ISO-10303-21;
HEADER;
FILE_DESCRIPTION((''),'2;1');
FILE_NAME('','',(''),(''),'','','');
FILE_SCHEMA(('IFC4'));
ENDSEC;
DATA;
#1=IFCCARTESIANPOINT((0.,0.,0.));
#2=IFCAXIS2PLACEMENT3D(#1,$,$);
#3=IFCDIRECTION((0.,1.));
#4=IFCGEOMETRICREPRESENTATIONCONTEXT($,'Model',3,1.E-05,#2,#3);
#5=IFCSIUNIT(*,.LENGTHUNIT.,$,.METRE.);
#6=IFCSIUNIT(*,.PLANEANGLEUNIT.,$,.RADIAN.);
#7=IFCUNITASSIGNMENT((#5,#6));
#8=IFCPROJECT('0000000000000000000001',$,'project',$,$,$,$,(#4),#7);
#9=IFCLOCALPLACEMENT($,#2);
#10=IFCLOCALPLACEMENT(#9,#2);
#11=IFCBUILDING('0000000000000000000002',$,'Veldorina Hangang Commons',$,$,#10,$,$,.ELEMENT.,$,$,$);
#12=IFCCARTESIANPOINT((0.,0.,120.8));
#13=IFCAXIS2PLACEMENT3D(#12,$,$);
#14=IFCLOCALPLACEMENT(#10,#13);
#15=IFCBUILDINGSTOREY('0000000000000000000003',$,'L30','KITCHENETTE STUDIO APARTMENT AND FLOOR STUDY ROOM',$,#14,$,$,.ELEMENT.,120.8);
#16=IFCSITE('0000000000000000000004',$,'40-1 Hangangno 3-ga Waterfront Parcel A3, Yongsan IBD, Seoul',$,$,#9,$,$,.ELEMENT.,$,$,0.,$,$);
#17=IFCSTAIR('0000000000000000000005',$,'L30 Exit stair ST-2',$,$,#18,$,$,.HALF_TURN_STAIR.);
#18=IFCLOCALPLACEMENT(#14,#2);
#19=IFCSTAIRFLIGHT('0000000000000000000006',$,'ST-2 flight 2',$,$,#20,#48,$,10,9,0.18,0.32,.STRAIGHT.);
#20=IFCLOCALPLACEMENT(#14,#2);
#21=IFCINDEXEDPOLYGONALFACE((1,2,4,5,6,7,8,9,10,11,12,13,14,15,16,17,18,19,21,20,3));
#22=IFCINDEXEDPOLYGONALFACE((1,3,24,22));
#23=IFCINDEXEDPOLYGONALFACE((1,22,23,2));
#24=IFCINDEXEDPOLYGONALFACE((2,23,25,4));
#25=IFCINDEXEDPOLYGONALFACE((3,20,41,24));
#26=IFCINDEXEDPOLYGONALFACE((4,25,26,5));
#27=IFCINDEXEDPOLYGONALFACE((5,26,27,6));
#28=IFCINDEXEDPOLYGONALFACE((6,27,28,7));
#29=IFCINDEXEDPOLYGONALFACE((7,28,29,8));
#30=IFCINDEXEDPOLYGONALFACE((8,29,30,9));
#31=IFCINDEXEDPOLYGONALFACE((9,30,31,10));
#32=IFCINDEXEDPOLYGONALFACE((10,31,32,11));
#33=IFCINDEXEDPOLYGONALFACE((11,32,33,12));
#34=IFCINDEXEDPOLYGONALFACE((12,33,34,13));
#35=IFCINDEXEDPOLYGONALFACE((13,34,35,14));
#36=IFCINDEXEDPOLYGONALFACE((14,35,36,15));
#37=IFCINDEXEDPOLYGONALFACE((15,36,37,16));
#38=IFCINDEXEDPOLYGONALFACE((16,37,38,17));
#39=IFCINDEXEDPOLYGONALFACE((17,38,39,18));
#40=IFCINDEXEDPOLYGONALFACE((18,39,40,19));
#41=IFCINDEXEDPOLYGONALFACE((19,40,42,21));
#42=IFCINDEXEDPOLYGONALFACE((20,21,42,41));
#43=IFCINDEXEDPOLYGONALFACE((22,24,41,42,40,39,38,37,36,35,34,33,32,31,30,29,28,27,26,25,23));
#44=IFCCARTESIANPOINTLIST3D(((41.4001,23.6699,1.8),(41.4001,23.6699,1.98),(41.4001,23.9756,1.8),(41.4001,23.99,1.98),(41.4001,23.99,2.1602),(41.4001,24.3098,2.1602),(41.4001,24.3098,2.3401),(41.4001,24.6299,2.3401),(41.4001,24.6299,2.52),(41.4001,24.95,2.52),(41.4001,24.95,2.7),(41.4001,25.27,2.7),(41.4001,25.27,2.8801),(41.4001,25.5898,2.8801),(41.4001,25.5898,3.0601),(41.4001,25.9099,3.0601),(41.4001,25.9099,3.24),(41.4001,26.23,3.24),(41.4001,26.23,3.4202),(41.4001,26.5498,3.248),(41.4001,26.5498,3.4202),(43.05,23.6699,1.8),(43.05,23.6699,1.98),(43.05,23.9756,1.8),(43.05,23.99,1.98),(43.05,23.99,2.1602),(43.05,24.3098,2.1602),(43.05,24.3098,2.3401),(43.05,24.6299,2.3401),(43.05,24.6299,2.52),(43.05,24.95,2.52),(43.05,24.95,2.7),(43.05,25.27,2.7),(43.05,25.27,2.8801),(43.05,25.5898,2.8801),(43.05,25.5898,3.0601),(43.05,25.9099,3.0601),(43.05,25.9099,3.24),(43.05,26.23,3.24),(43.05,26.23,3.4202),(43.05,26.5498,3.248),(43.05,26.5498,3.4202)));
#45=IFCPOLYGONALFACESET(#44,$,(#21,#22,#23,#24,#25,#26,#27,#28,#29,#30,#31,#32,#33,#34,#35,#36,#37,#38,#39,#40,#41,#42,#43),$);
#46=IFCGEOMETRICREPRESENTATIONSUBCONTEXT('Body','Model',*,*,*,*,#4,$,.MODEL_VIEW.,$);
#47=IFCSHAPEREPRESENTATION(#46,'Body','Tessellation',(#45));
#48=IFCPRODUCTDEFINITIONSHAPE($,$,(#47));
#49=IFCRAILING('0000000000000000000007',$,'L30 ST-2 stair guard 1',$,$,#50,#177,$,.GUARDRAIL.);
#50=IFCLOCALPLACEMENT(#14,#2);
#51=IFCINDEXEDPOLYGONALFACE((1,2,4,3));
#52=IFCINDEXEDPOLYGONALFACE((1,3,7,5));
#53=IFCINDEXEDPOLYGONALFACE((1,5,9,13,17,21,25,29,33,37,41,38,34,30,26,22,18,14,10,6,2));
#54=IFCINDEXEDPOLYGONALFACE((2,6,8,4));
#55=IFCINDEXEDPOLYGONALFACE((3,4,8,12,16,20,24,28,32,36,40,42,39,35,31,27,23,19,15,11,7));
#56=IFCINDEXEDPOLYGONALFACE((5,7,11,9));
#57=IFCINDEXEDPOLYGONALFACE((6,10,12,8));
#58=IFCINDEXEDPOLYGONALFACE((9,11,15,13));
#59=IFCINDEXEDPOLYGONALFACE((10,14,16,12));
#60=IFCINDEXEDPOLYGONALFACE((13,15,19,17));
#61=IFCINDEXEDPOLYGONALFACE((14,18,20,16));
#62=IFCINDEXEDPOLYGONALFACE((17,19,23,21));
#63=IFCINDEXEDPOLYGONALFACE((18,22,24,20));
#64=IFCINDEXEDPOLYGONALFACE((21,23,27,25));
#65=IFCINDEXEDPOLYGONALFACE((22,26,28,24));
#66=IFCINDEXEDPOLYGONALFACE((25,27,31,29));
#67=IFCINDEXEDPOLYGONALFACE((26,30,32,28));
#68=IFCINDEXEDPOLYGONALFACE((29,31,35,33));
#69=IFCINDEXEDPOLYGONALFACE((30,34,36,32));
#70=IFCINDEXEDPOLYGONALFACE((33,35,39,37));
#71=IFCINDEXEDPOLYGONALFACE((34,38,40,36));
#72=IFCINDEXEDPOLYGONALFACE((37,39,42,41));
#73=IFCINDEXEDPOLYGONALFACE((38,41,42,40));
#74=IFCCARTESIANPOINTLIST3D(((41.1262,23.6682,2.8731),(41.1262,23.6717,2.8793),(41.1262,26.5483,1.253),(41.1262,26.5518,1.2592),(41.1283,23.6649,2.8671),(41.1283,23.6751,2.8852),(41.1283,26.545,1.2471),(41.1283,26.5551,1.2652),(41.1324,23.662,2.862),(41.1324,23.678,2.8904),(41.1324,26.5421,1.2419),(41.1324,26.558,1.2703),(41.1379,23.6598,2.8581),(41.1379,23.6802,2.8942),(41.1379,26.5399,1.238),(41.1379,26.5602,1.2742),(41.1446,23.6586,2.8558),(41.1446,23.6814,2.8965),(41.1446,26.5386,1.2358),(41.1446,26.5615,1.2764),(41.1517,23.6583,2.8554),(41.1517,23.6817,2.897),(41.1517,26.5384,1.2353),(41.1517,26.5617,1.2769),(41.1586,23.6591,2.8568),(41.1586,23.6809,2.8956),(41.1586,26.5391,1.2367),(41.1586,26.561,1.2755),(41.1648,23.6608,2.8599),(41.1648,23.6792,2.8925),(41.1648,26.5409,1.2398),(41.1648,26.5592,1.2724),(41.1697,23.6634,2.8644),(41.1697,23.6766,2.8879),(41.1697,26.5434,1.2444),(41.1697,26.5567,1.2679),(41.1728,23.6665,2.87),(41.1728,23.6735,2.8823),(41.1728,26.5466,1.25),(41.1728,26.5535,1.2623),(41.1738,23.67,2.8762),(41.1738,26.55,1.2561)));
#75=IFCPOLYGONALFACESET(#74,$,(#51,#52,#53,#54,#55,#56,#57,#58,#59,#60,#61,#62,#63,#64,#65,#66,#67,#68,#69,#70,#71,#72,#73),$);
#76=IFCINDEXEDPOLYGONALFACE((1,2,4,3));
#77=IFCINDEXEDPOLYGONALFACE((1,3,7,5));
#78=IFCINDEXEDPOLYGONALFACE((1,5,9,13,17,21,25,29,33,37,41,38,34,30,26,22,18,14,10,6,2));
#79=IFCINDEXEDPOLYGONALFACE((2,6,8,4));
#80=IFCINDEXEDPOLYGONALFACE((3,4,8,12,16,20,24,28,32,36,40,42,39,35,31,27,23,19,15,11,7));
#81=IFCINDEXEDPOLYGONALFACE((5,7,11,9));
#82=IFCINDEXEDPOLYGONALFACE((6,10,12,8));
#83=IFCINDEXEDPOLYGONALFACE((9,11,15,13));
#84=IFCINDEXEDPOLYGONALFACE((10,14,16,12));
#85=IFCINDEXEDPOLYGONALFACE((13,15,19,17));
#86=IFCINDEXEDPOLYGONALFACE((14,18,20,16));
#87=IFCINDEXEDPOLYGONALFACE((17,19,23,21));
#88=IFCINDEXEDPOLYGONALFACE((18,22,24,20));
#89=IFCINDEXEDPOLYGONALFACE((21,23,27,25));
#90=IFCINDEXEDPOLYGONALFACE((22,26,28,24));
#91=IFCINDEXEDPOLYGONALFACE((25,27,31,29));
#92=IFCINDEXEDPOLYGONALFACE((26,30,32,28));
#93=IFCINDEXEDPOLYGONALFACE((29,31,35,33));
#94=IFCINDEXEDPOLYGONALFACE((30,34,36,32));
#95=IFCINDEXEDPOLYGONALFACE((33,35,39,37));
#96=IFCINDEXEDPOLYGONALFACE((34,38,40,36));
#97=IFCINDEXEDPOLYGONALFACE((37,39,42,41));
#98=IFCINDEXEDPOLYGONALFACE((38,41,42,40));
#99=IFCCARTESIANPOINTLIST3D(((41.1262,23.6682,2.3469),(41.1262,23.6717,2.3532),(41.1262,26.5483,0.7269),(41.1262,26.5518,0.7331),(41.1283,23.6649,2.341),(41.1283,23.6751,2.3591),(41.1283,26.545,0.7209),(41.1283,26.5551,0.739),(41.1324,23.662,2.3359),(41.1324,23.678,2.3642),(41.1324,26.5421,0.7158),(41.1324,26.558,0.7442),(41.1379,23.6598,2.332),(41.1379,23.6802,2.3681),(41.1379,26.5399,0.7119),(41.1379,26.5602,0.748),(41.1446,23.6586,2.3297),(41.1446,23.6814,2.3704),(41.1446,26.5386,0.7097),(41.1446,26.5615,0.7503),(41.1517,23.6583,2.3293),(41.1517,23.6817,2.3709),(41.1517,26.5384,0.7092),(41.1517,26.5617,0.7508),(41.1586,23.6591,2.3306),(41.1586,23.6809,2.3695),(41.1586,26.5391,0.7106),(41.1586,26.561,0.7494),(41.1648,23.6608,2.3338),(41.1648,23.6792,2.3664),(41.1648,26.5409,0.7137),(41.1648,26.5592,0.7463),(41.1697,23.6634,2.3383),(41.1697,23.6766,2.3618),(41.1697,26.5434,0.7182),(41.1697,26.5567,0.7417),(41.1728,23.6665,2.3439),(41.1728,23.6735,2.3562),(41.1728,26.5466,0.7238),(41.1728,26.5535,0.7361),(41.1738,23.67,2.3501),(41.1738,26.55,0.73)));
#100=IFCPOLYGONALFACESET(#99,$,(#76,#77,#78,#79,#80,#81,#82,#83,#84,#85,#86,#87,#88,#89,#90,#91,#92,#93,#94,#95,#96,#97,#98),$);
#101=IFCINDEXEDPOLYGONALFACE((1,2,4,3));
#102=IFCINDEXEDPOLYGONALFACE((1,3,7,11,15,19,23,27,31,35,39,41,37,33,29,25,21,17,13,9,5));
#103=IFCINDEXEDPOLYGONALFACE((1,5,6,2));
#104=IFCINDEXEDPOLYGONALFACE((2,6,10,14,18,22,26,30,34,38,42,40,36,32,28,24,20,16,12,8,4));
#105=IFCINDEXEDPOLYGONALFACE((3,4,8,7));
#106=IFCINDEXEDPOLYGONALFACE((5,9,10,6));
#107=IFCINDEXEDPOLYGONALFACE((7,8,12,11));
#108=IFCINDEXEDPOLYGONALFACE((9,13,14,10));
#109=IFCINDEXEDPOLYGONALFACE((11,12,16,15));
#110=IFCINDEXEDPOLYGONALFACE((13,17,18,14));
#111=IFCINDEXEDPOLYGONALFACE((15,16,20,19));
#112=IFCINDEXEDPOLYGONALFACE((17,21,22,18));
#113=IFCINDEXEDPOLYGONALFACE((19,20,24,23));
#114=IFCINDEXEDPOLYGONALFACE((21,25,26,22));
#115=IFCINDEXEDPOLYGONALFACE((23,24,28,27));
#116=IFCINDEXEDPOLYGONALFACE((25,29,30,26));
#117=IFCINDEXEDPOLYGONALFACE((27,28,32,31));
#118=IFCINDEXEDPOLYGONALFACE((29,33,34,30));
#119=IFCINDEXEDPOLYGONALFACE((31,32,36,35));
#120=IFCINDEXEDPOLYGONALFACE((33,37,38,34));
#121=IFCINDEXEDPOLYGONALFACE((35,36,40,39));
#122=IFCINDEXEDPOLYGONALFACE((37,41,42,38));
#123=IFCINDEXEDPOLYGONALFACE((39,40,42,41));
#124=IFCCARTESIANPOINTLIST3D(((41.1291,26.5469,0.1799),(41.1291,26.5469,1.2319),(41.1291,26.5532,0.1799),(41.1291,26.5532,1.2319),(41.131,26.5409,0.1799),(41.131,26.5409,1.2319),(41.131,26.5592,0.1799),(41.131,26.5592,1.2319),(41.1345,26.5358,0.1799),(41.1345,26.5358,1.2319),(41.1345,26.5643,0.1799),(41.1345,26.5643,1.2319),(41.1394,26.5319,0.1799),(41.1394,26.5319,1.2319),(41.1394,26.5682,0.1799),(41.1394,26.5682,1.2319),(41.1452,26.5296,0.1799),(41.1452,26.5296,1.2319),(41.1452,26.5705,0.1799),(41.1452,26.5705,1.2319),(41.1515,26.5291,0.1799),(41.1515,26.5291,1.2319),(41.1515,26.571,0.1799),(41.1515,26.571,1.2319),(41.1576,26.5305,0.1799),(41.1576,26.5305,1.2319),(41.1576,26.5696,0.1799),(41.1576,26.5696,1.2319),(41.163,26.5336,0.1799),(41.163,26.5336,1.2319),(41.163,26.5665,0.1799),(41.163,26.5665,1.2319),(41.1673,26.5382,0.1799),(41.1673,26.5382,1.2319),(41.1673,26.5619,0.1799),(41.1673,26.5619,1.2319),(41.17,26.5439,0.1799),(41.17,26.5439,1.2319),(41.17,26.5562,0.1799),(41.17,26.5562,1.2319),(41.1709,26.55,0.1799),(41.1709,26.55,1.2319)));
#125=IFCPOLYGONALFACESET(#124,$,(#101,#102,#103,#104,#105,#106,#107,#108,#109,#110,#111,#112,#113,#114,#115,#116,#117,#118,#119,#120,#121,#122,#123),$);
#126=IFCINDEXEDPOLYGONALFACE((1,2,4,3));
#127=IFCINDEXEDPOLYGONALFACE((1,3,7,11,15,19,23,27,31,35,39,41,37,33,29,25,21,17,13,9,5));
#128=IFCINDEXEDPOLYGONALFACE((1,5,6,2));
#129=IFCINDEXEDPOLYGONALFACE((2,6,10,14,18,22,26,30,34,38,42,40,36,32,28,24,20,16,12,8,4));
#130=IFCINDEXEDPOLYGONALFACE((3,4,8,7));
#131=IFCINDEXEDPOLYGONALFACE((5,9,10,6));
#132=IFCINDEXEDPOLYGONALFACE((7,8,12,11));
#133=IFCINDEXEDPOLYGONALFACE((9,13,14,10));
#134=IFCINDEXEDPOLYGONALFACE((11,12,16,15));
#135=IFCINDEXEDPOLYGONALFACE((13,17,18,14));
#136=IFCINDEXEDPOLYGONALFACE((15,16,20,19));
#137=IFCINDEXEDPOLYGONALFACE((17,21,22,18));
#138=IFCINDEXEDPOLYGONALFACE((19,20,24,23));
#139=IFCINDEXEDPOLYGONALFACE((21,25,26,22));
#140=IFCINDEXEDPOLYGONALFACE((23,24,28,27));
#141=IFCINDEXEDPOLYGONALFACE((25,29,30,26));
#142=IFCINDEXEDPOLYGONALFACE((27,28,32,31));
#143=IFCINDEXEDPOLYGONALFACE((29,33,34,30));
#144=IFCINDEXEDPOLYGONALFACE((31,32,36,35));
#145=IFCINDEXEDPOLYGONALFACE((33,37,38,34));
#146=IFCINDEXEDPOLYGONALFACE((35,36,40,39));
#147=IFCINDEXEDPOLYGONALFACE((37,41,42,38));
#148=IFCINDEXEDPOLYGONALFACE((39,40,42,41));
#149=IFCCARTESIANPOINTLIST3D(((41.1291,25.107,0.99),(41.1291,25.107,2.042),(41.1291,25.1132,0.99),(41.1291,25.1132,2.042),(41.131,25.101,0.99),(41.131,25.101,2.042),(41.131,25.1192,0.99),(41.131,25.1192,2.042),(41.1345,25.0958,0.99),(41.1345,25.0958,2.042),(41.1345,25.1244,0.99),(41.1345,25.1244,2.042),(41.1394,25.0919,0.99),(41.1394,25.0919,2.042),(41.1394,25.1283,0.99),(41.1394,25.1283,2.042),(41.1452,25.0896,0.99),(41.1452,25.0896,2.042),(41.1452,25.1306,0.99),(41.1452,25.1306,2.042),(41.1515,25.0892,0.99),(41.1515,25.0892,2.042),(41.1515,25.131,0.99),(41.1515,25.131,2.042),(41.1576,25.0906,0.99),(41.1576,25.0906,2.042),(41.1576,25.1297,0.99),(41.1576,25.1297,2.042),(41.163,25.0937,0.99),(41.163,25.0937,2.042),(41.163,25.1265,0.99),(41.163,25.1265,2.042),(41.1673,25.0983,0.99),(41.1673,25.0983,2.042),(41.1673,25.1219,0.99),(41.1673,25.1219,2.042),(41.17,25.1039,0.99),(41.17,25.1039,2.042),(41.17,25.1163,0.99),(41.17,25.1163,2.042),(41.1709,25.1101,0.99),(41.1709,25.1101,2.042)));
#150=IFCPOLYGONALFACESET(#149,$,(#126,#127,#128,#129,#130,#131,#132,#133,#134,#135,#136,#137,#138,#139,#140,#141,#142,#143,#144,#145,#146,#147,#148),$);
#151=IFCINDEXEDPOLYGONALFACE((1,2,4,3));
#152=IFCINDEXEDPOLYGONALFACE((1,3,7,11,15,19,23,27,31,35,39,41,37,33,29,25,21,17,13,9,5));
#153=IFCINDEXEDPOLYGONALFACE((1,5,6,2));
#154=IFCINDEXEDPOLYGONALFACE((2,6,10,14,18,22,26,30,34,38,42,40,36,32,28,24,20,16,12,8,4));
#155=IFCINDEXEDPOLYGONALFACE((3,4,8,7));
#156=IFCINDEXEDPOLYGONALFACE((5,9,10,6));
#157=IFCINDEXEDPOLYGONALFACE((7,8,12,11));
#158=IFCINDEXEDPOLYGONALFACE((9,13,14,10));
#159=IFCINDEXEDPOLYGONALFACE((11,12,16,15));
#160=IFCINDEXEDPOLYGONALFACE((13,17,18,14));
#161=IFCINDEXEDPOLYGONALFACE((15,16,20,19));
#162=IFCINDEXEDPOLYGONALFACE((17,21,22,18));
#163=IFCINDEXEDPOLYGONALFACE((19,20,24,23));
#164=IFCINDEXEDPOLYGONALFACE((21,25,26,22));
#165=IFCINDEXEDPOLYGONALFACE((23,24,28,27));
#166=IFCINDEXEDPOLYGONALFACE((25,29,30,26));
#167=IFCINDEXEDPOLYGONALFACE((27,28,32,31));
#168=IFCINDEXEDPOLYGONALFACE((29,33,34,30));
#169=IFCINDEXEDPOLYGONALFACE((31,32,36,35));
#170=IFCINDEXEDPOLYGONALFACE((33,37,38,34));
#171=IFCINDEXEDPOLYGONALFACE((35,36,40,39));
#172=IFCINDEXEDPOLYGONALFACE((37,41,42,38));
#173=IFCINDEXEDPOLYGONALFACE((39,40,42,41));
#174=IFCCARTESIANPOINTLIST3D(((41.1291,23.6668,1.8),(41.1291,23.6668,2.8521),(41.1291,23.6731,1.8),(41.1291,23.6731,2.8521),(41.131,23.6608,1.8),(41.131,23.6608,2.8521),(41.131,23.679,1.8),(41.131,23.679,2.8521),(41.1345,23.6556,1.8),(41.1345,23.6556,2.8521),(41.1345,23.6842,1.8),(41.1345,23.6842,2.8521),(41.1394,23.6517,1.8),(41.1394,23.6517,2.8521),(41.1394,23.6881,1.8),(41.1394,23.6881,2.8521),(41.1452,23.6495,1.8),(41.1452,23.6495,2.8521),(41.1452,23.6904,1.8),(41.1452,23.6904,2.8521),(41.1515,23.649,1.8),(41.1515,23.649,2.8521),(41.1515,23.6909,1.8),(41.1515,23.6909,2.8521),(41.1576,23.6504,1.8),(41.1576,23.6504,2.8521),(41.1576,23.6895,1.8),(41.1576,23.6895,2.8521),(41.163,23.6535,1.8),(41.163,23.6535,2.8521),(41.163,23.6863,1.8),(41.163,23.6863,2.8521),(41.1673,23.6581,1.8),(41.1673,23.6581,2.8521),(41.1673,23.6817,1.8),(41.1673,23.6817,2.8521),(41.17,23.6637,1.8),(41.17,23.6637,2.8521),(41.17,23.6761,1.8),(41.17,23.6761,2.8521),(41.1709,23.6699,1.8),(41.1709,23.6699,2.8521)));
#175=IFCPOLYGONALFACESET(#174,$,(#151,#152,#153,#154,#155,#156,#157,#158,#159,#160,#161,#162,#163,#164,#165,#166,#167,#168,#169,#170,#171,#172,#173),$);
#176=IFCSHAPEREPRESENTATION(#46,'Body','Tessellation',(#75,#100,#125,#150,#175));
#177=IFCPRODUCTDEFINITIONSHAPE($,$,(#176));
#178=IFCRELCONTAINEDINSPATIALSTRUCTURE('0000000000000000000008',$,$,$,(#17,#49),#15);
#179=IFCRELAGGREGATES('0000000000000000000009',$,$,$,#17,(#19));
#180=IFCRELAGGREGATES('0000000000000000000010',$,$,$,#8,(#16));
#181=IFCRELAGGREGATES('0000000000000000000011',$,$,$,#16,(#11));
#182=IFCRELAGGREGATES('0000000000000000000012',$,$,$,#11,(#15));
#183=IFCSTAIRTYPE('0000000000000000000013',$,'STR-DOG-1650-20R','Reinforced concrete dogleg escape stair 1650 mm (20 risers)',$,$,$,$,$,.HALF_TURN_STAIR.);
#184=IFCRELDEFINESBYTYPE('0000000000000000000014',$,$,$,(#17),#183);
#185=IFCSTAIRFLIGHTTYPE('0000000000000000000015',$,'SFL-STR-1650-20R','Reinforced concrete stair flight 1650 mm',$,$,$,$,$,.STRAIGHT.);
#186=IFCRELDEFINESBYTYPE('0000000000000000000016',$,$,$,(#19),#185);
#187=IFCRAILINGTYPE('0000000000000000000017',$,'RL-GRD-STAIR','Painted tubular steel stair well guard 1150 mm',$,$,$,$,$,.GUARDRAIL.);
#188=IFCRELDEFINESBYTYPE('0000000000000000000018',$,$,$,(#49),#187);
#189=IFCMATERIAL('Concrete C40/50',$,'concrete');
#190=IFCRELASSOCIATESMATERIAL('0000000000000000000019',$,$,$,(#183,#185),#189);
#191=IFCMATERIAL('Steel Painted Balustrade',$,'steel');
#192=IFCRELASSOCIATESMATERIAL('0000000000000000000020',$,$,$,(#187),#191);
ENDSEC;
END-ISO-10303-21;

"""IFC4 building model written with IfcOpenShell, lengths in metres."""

from ifc_helpers import new_model, si_unit, direction, frame, origin, origin_2d, place, context, subcontext, project, spatial, polyline, circle, outline, extrude, material, type_object, element, aggregate, save


model = new_model("IFC4")

# Units and contexts
model_context = context("Model", 3, precision=1e-05, world=origin(), true_north=direction((0.0, 1.0)))
body_context = subcontext(model_context, "Body", "Model", "MODEL_VIEW")
ifc_project = project(units=[si_unit("LENGTHUNIT", "METRE"), si_unit("PLANEANGLEUNIT", "RADIAN")], contexts=[model_context])

# Site, building, storey
site_placement = place(None, origin())
site = spatial("IfcSite", under=ifc_project, at=site_placement, Name="40-1 Hangangno 3-ga Waterfront Parcel A3, Yongsan IBD, Seoul", CompositionType="ELEMENT", RefElevation=0.0)
building_placement = place(site_placement, origin())
building = spatial("IfcBuilding", under=site, at=building_placement, Name="Veldorina Hangang Commons", CompositionType="ELEMENT")
storey_placement = place(building_placement, frame((0.0, 0.0, 120.8)))
storey = spatial("IfcBuildingStorey", under=building, at=storey_placement, Name="L30", Description="KITCHENETTE STUDIO APARTMENT AND FLOOR STUDY ROOM", CompositionType="ELEMENT", Elevation=120.8)

# Stair, stair flight
ifc_material_1 = material(Name="Concrete C40/50", Category="concrete")
stair_type = type_object("IfcStairType", Name="STR-DOG-1650-20R", Description="Reinforced concrete dogleg escape stair 1650 mm (20 risers)", PredefinedType="HALF_TURN_STAIR", material=ifc_material_1)
stair_placement = place(storey_placement, origin())
stair = element("IfcStair", 1, at=stair_placement, inside=storey, type_object=stair_type, Name="L30 Exit stair ST-2", PredefinedType="HALF_TURN_STAIR")
stair_flight_type = type_object("IfcStairFlightType", Name="SFL-STR-1650-20R", Description="Reinforced concrete stair flight 1650 mm", PredefinedType="STRAIGHT", material=ifc_material_1)
stair_flight_1_placement = place(storey_placement, frame((42.2251, 23.6699, 1.8), z_axis=(0.0, 0.0, 1.0), x_axis=(0.0, 1.0, 0.0)))
stair_flight_1 = element("IfcStairFlight", 2, at=stair_flight_1_placement, type_object=stair_flight_type, Name="ST-2 flight 2", NumberOfRisers=10, NumberOfTreads=9, PredefinedType="STRAIGHT", RiserHeight=0.18, TreadLength=0.32, context=body_context, shape_type="SweptSolid", body=[
    extrude(outline(polyline([(0.0, 0.0), (0.0, 0.1799), (0.3201, 0.1799), (0.3201, 0.3601), (0.6399, 0.3601), (0.6399, 0.54), (0.96, 0.54), (0.96, 0.72), (1.28, 0.72), (1.28, 0.8999), (1.6001, 0.8999), (1.6001, 1.0801), (1.9199, 1.0801), (1.9199, 1.26), (2.24, 1.26), (2.24, 1.4399), (2.5601, 1.4399), (2.5601, 1.6201), (2.8799, 1.6201), (2.8799, 1.8), (2.8799, 1.448), (0.3057, 0.0), (0.0, 0.0)])), frame((0.0, 0.825, 0.0), z_axis=(0.0, -1.0, 0.0), x_axis=(1.0, 0.0, 0.0)), (0.0, 0.0, 1.0), 1.6499),
])
aggregate(stair, [stair_flight_1])

# Railing
ifc_material_2 = material(Name="Steel Painted Balustrade", Category="steel")
railing_type_1 = type_object("IfcRailingType", Name="RL-GRD-STAIR", Description="Painted tubular steel stair well guard 1150 mm", PredefinedType="GUARDRAIL", material=ifc_material_2)
railing_1_placement = place(storey_placement, frame((41.1499, 26.55, 0.1799)))
element("IfcRailing", 3, at=railing_1_placement, inside=storey, type_object=railing_type_1, Name="L30 ST-2 stair guard 1", PredefinedType="GUARDRAIL", context=body_context, shape_type="SweptSolid", body=[
    extrude(circle(Radius=0.0239, at=origin_2d()), frame((0.0, 0.0, 1.0762), z_axis=(0.0, -0.87157, 0.490272), x_axis=(1.0, 0.0, 0.0)), (0.0, 0.0, 1.0), 3.3044),
    extrude(circle(Radius=0.0239, at=origin_2d()), frame((0.0, 0.0, 0.55), z_axis=(0.0, -0.87157, 0.490272), x_axis=(1.0, 0.0, 0.0)), (0.0, 0.0, 1.0), 3.3044),
    extrude(circle(Radius=0.021, at=origin_2d()), origin(), (0.0, 0.0, 1.0), 1.052),
    extrude(circle(Radius=0.021, at=origin_2d()), frame((0.0, -1.4399, 0.8101)), (0.0, 0.0, 1.0), 1.052),
    extrude(circle(Radius=0.021, at=origin_2d()), frame((0.0, -2.8801, 1.6201)), (0.0, 0.0, 1.0), 1.052),
])

save(model, "model.ifc")
